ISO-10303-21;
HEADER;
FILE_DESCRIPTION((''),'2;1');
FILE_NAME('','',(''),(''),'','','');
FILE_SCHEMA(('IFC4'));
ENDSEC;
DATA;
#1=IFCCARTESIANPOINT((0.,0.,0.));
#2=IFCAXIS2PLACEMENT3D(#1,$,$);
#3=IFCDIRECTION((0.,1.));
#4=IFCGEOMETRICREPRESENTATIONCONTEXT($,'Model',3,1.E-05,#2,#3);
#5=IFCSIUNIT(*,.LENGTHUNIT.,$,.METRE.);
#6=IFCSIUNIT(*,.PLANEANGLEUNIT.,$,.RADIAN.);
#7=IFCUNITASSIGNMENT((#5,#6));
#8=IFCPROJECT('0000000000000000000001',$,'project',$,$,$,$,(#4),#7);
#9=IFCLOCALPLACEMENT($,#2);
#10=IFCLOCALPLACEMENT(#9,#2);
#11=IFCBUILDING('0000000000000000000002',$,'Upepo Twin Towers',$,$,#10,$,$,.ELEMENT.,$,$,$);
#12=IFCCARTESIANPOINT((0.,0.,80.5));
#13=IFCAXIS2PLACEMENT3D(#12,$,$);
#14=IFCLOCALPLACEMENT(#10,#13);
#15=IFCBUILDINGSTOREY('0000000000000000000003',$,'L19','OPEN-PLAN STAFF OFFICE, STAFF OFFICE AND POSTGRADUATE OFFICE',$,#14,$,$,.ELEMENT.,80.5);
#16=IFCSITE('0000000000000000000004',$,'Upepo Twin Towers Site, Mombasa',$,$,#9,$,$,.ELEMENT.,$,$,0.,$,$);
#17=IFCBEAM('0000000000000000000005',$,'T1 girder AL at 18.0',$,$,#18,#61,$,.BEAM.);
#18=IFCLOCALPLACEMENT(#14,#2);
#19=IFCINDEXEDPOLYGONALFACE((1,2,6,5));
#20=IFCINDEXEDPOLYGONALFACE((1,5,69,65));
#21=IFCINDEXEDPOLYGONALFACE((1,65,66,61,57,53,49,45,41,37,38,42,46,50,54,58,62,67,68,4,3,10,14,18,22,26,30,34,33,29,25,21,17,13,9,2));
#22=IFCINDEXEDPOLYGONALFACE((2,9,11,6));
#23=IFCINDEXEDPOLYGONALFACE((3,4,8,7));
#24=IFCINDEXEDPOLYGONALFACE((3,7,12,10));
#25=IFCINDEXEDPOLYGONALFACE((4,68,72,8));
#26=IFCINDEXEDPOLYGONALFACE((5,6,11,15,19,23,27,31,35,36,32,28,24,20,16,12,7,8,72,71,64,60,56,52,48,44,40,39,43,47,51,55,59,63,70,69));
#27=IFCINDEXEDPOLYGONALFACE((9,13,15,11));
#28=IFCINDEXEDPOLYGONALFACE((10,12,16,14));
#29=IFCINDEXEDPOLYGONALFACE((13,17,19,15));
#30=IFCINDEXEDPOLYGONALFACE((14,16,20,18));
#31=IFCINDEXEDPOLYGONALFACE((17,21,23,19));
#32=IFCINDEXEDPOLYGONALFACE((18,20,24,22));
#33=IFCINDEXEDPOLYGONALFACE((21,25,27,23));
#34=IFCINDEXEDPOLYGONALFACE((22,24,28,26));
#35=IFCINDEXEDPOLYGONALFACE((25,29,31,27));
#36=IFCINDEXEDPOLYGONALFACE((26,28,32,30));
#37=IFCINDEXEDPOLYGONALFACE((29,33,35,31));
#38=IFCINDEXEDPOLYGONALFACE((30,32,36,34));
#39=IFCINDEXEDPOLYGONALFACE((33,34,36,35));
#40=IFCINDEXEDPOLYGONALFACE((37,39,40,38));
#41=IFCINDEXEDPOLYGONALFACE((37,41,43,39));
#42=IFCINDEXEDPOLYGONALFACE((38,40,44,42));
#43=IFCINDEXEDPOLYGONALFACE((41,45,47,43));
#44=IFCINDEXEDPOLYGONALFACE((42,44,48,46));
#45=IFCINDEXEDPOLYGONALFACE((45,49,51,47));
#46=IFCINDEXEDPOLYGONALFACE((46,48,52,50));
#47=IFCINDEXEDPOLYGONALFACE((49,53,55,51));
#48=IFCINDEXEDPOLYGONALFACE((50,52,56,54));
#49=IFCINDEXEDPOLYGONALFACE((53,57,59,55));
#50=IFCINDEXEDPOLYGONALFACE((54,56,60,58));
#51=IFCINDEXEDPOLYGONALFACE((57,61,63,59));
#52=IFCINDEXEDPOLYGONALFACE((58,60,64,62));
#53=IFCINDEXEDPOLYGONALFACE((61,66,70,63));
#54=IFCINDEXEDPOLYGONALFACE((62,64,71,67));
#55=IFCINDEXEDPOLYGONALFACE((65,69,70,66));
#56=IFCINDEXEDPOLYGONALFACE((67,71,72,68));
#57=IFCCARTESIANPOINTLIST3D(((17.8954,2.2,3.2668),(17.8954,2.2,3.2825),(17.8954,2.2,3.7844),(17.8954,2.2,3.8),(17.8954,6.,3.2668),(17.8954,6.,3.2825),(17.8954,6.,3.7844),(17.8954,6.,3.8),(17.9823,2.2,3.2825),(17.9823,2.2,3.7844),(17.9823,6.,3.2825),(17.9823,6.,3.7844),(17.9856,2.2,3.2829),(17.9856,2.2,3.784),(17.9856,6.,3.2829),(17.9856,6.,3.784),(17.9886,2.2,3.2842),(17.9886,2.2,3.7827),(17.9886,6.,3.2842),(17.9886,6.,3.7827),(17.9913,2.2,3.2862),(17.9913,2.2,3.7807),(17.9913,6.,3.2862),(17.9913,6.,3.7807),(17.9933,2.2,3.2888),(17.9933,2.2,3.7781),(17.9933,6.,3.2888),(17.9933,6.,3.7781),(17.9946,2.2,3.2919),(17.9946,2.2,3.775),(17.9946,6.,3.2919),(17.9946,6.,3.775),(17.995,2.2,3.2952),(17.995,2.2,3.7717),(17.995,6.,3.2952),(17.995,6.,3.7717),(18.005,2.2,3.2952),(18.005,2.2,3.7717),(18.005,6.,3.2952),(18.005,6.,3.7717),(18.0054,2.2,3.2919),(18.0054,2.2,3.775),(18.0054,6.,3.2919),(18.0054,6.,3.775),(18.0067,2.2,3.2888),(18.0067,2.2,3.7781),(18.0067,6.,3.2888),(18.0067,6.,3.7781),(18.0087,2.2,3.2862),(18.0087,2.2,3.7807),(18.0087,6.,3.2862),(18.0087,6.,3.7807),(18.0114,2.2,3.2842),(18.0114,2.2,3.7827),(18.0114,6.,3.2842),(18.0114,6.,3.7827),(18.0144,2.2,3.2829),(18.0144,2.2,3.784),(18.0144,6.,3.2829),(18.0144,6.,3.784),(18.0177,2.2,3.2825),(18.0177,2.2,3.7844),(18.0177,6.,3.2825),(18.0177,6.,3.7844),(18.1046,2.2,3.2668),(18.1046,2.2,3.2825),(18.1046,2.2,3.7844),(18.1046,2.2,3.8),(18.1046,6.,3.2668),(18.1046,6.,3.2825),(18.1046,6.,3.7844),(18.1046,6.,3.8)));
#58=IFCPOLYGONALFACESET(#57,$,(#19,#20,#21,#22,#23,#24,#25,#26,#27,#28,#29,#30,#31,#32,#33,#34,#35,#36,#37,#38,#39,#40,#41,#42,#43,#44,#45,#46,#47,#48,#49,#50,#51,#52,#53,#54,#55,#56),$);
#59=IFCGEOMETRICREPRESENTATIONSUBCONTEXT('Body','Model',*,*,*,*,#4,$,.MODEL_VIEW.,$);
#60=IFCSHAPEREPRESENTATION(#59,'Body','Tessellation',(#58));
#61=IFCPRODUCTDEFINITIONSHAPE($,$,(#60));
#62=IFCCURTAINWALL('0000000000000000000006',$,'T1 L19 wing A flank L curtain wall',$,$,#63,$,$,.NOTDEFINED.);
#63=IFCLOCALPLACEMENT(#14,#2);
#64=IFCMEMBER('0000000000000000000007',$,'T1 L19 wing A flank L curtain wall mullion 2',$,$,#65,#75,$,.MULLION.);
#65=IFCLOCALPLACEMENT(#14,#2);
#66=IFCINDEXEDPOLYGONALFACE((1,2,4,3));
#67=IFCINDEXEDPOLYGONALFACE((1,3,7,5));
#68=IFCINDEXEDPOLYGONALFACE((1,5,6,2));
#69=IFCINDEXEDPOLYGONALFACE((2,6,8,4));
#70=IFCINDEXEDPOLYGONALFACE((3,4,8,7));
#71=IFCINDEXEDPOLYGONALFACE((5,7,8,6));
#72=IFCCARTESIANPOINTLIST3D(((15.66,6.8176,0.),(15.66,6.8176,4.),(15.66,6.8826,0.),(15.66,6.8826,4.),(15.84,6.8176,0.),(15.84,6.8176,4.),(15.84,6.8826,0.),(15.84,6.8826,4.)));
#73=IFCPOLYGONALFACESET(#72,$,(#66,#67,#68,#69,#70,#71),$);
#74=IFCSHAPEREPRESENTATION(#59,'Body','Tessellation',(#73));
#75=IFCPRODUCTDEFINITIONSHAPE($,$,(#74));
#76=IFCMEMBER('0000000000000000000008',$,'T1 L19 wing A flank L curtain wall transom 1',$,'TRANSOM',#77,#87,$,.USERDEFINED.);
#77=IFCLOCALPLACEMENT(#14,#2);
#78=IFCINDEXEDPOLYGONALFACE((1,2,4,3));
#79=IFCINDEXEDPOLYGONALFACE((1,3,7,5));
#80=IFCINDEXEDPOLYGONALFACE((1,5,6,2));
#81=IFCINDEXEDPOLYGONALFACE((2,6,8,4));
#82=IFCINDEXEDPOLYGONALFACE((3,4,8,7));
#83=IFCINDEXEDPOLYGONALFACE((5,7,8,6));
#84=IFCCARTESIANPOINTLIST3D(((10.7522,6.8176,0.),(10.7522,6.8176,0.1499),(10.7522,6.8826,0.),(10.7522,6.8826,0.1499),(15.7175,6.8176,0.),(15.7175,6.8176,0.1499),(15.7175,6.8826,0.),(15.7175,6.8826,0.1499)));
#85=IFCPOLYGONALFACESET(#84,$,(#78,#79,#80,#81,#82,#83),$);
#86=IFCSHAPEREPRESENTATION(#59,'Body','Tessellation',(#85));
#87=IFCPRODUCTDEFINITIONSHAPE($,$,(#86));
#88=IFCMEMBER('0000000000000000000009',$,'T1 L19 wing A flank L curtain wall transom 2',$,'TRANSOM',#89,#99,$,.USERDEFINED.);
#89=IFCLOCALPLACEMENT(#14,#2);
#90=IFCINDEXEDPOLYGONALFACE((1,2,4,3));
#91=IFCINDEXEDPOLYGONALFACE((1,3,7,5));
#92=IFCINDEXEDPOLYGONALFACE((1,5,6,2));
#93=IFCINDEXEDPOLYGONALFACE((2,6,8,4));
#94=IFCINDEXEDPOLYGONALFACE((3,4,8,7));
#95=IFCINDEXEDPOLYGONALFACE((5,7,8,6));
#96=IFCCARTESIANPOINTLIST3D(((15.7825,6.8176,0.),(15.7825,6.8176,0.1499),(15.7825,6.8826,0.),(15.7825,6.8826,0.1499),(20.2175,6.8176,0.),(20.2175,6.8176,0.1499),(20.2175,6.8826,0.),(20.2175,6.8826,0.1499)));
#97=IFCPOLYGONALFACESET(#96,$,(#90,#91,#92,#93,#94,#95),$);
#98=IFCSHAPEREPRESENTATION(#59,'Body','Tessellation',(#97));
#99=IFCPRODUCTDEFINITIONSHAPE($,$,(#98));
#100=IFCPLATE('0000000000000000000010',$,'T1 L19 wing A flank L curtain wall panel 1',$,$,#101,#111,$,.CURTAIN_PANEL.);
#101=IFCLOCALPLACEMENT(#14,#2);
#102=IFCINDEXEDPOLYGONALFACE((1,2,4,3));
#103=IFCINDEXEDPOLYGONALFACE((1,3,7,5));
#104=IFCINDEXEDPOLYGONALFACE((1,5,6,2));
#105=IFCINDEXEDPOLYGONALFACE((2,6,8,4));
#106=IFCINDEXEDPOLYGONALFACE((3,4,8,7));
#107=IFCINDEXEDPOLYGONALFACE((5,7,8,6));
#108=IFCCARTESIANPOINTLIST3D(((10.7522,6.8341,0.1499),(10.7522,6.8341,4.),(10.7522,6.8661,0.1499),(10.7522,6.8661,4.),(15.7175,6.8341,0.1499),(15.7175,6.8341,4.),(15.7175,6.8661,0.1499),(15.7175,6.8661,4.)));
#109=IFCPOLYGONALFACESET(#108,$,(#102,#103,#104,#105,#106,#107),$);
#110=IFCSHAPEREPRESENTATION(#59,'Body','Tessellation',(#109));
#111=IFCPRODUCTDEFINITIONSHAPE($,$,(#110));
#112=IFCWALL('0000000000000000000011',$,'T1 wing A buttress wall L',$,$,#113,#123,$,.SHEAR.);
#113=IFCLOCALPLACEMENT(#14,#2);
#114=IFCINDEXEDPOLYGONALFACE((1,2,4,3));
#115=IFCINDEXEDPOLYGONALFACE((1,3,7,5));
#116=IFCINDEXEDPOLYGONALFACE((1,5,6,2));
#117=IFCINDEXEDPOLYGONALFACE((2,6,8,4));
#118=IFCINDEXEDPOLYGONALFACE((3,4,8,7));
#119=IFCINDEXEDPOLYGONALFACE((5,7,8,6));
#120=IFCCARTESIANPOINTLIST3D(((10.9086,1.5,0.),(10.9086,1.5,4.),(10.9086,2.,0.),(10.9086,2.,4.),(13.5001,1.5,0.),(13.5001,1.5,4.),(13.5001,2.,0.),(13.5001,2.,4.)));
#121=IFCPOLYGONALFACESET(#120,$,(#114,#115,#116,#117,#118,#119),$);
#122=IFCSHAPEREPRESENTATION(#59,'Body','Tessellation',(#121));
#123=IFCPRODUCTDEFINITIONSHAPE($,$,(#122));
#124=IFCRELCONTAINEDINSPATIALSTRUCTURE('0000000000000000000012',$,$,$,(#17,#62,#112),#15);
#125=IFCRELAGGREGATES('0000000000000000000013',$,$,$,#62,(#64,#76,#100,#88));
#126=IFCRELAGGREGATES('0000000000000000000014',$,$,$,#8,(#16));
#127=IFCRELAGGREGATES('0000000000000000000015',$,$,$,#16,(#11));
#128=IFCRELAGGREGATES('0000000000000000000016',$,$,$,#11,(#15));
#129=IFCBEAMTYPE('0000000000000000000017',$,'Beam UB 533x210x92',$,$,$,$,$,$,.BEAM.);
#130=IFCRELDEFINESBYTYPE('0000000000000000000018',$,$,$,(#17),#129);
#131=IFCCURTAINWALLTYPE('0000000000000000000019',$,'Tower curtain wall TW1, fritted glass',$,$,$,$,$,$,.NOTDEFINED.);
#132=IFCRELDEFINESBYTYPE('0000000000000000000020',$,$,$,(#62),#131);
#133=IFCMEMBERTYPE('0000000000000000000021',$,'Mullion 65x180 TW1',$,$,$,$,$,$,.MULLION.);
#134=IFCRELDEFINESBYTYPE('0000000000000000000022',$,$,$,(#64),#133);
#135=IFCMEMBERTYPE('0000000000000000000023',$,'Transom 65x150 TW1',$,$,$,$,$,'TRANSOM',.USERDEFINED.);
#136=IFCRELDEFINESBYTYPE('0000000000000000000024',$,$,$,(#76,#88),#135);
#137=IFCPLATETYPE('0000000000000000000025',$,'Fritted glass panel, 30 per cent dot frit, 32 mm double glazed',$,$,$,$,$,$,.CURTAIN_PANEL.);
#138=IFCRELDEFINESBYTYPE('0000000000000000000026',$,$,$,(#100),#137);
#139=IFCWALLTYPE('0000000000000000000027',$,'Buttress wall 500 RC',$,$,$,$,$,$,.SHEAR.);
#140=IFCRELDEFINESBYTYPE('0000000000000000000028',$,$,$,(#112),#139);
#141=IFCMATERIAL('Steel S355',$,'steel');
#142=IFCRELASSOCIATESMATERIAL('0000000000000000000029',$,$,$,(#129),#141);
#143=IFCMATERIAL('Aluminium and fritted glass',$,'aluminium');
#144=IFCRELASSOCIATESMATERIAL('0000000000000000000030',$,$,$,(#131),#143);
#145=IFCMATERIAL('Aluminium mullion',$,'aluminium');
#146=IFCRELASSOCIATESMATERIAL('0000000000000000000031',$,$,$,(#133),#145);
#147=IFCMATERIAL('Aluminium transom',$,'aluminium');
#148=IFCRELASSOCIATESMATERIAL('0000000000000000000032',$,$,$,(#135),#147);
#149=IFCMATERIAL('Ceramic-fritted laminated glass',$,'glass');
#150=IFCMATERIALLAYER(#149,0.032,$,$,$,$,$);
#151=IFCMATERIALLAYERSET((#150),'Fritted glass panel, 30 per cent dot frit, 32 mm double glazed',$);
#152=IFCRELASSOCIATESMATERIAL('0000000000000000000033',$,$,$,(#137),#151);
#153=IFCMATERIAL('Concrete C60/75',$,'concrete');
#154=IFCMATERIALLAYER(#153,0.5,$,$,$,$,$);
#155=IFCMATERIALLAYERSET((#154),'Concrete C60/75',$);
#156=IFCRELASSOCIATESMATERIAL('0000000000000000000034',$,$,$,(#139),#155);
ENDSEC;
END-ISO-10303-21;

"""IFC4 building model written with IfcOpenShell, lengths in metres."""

from ifc_helpers import new_model, si_unit, direction, frame, frame_2d, origin, origin_2d, place, context, subcontext, project, spatial, rectangle, i_section, extrude, material, layer, layer_set, material_profile, profile_set, type_object, element, aggregate, save


model = new_model("IFC4")

# Units and contexts
model_context = context("Model", 3, precision=1e-05, world=origin(), true_north=direction((0.0, 1.0)))
body_context = subcontext(model_context, "Body", "Model", "MODEL_VIEW")
ifc_project = project(units=[si_unit("LENGTHUNIT", "METRE"), si_unit("PLANEANGLEUNIT", "RADIAN")], contexts=[model_context])

# Site, building, storey
site_placement = place(None, origin())
site = spatial("IfcSite", under=ifc_project, at=site_placement, Name="Upepo Twin Towers Site, Mombasa", CompositionType="ELEMENT", RefElevation=0.0)
building_placement = place(site_placement, origin())
building = spatial("IfcBuilding", under=site, at=building_placement, Name="Upepo Twin Towers", CompositionType="ELEMENT")
storey_placement = place(building_placement, frame((0.0, 0.0, 80.5)))
storey = spatial("IfcBuildingStorey", under=building, at=storey_placement, Name="L19", Description="OPEN-PLAN STAFF OFFICE, STAFF OFFICE AND POSTGRADUATE OFFICE", CompositionType="ELEMENT", Elevation=80.5)

# Beam
ifc_material_1 = material(Name="Steel S355", Category="steel")
ifc_material_profile_1 = material_profile(ifc_material_1, i_section(OverallWidth=0.2092, OverallDepth=0.5332, WebThickness=0.01, FlangeThickness=0.0156, FilletRadius=0.0127, at=origin_2d()), Name="UB 533x210x92")
ifc_profile_set_1 = profile_set([ifc_material_profile_1], Name="Steel S355")
beam_type_1 = type_object("IfcBeamType", Name="Beam UB 533x210x92", PredefinedType="BEAM", material=ifc_profile_set_1)
for number, where, z_axis, x_axis, name in (
    (1, (18.0, 6.0, 3.5334), (0.0, -1.0, 0.0), (1.0, 0.0, 0.0), "T1 girder AL at 18.0"),
):
    element("IfcBeam", number, at=place(storey_placement, frame(where, z_axis=z_axis, x_axis=x_axis)), inside=storey, type_object=beam_type_1, Name=name, PredefinedType="BEAM", context=body_context, shape_type="SweptSolid", body=[
        extrude(i_section(OverallWidth=0.2092, OverallDepth=0.5332, WebThickness=0.01, FlangeThickness=0.0156, FilletRadius=0.0127, at=origin_2d()), origin(), (0.0, 0.0, 1.0), 3.8),
    ])

# Curtain wall, members, plate
ifc_material_2 = material(Name="Aluminium and fritted glass", Category="aluminium")
curtain_wall_type = type_object("IfcCurtainWallType", Name="Tower curtain wall TW1, fritted glass", PredefinedType="NOTDEFINED", material=ifc_material_2)
curtain_wall_placement = place(storey_placement, origin())
curtain_wall = element("IfcCurtainWall", 2, at=curtain_wall_placement, inside=storey, type_object=curtain_wall_type, Name="T1 L19 wing A flank L curtain wall", PredefinedType="NOTDEFINED")
ifc_material_3 = material(Name="Aluminium mullion", Category="aluminium")
ifc_material_profile_2 = material_profile(ifc_material_3, rectangle(XDim=0.0649, YDim=0.1799, at=origin_2d()), Name="MULLION 65x180")
ifc_profile_set_2 = profile_set([ifc_material_profile_2], Name="Aluminium mullion")
member_type_1 = type_object("IfcMemberType", Name="Mullion 65x180 TW1", PredefinedType="MULLION", material=ifc_profile_set_2)
member_1_placement = place(storey_placement, frame((15.75, 6.8501, 0.0), z_axis=(0.0, 0.0, 1.0), x_axis=(0.0, 1.0, 0.0)))
member_1 = element("IfcMember", 3, at=member_1_placement, type_object=member_type_1, Name="T1 L19 wing A flank L curtain wall mullion 2", PredefinedType="MULLION", context=body_context, shape_type="SweptSolid", body=[
    extrude(rectangle(XDim=0.0649, YDim=0.1799, at=origin_2d()), origin(), (0.0, 0.0, 1.0), 4.0),
])
ifc_material_4 = material(Name="Aluminium transom", Category="aluminium")
ifc_material_profile_3 = material_profile(ifc_material_4, rectangle(XDim=0.0649, YDim=0.1499, at=origin_2d()), Name="TRANSOM 65x150")
ifc_profile_set_3 = profile_set([ifc_material_profile_3], Name="Aluminium transom")
member_type_2 = type_object("IfcMemberType", Name="Transom 65x150 TW1", ElementType="TRANSOM", PredefinedType="USERDEFINED", material=ifc_profile_set_3)
member_2_placement = place(storey_placement, frame((10.7522, 6.8501, 0.075), z_axis=(1.0, 0.0, 0.0), x_axis=(0.0, 1.0, 0.0)))
member_2 = element("IfcMember", 4, at=member_2_placement, type_object=member_type_2, Name="T1 L19 wing A flank L curtain wall transom 1", ObjectType="TRANSOM", PredefinedType="USERDEFINED", context=body_context, shape_type="SweptSolid", body=[
    extrude(rectangle(XDim=0.0649, YDim=0.1499, at=origin_2d()), origin(), (0.0, 0.0, 1.0), 4.9653),
])
member_3_placement = place(storey_placement, frame((15.7825, 6.8501, 0.075), z_axis=(1.0, 0.0, 0.0), x_axis=(0.0, 1.0, 0.0)))
member_3 = element("IfcMember", 5, at=member_3_placement, type_object=member_type_2, Name="T1 L19 wing A flank L curtain wall transom 2", ObjectType="TRANSOM", PredefinedType="USERDEFINED", context=body_context, shape_type="SweptSolid", body=[
    extrude(rectangle(XDim=0.0649, YDim=0.1499, at=origin_2d()), origin(), (0.0, 0.0, 1.0), 4.4351),
])
ifc_material_5 = material(Name="Ceramic-fritted laminated glass", Category="glass")
ifc_layer_1 = layer(ifc_material_5, 0.032)
ifc_layer_set_1 = layer_set([ifc_layer_1], Name="Fritted glass panel, 30 per cent dot frit, 32 mm double glazed")
plate_type = type_object("IfcPlateType", Name="Fritted glass panel, 30 per cent dot frit, 32 mm double glazed", PredefinedType="CURTAIN_PANEL", material=ifc_layer_set_1)
plate_placement = place(storey_placement, frame((13.2349, 6.8501, 0.1499), z_axis=(0.0, 0.0, 1.0), x_axis=(1.0, 0.0, 0.0)))
plate = element("IfcPlate", 6, at=plate_placement, type_object=plate_type, Name="T1 L19 wing A flank L curtain wall panel 1", PredefinedType="CURTAIN_PANEL", context=body_context, shape_type="SweptSolid", body=[
    extrude(rectangle(XDim=4.9653, YDim=0.032, at=origin_2d()), origin(), (0.0, 0.0, 1.0), 3.8501),
])
aggregate(curtain_wall, [member_1, member_2, plate, member_3])

# Wall
ifc_material_6 = material(Name="Concrete C60/75", Category="concrete")
ifc_layer_2 = layer(ifc_material_6, 0.5)
ifc_layer_set_2 = layer_set([ifc_layer_2], Name="Concrete C60/75")
wall_type_1 = type_object("IfcWallType", Name="Buttress wall 500 RC", PredefinedType="SHEAR", material=ifc_layer_set_2)
wall_1_placement = place(storey_placement, frame((10.9084, 1.75, 0.0), z_axis=(0.0, 0.0, 1.0), x_axis=(1.0, 0.0, 0.0)))
element("IfcWall", 7, at=wall_1_placement, inside=storey, type_object=wall_type_1, Name="T1 wing A buttress wall L", PredefinedType="SHEAR", context=body_context, shape_type="SweptSolid", body=[
    extrude(rectangle(XDim=2.5916, YDim=0.5, at=frame_2d((1.2959, 0.0))), origin(), (0.0, 0.0, 1.0), 4.0),
])

save(model, "model.ifc")
